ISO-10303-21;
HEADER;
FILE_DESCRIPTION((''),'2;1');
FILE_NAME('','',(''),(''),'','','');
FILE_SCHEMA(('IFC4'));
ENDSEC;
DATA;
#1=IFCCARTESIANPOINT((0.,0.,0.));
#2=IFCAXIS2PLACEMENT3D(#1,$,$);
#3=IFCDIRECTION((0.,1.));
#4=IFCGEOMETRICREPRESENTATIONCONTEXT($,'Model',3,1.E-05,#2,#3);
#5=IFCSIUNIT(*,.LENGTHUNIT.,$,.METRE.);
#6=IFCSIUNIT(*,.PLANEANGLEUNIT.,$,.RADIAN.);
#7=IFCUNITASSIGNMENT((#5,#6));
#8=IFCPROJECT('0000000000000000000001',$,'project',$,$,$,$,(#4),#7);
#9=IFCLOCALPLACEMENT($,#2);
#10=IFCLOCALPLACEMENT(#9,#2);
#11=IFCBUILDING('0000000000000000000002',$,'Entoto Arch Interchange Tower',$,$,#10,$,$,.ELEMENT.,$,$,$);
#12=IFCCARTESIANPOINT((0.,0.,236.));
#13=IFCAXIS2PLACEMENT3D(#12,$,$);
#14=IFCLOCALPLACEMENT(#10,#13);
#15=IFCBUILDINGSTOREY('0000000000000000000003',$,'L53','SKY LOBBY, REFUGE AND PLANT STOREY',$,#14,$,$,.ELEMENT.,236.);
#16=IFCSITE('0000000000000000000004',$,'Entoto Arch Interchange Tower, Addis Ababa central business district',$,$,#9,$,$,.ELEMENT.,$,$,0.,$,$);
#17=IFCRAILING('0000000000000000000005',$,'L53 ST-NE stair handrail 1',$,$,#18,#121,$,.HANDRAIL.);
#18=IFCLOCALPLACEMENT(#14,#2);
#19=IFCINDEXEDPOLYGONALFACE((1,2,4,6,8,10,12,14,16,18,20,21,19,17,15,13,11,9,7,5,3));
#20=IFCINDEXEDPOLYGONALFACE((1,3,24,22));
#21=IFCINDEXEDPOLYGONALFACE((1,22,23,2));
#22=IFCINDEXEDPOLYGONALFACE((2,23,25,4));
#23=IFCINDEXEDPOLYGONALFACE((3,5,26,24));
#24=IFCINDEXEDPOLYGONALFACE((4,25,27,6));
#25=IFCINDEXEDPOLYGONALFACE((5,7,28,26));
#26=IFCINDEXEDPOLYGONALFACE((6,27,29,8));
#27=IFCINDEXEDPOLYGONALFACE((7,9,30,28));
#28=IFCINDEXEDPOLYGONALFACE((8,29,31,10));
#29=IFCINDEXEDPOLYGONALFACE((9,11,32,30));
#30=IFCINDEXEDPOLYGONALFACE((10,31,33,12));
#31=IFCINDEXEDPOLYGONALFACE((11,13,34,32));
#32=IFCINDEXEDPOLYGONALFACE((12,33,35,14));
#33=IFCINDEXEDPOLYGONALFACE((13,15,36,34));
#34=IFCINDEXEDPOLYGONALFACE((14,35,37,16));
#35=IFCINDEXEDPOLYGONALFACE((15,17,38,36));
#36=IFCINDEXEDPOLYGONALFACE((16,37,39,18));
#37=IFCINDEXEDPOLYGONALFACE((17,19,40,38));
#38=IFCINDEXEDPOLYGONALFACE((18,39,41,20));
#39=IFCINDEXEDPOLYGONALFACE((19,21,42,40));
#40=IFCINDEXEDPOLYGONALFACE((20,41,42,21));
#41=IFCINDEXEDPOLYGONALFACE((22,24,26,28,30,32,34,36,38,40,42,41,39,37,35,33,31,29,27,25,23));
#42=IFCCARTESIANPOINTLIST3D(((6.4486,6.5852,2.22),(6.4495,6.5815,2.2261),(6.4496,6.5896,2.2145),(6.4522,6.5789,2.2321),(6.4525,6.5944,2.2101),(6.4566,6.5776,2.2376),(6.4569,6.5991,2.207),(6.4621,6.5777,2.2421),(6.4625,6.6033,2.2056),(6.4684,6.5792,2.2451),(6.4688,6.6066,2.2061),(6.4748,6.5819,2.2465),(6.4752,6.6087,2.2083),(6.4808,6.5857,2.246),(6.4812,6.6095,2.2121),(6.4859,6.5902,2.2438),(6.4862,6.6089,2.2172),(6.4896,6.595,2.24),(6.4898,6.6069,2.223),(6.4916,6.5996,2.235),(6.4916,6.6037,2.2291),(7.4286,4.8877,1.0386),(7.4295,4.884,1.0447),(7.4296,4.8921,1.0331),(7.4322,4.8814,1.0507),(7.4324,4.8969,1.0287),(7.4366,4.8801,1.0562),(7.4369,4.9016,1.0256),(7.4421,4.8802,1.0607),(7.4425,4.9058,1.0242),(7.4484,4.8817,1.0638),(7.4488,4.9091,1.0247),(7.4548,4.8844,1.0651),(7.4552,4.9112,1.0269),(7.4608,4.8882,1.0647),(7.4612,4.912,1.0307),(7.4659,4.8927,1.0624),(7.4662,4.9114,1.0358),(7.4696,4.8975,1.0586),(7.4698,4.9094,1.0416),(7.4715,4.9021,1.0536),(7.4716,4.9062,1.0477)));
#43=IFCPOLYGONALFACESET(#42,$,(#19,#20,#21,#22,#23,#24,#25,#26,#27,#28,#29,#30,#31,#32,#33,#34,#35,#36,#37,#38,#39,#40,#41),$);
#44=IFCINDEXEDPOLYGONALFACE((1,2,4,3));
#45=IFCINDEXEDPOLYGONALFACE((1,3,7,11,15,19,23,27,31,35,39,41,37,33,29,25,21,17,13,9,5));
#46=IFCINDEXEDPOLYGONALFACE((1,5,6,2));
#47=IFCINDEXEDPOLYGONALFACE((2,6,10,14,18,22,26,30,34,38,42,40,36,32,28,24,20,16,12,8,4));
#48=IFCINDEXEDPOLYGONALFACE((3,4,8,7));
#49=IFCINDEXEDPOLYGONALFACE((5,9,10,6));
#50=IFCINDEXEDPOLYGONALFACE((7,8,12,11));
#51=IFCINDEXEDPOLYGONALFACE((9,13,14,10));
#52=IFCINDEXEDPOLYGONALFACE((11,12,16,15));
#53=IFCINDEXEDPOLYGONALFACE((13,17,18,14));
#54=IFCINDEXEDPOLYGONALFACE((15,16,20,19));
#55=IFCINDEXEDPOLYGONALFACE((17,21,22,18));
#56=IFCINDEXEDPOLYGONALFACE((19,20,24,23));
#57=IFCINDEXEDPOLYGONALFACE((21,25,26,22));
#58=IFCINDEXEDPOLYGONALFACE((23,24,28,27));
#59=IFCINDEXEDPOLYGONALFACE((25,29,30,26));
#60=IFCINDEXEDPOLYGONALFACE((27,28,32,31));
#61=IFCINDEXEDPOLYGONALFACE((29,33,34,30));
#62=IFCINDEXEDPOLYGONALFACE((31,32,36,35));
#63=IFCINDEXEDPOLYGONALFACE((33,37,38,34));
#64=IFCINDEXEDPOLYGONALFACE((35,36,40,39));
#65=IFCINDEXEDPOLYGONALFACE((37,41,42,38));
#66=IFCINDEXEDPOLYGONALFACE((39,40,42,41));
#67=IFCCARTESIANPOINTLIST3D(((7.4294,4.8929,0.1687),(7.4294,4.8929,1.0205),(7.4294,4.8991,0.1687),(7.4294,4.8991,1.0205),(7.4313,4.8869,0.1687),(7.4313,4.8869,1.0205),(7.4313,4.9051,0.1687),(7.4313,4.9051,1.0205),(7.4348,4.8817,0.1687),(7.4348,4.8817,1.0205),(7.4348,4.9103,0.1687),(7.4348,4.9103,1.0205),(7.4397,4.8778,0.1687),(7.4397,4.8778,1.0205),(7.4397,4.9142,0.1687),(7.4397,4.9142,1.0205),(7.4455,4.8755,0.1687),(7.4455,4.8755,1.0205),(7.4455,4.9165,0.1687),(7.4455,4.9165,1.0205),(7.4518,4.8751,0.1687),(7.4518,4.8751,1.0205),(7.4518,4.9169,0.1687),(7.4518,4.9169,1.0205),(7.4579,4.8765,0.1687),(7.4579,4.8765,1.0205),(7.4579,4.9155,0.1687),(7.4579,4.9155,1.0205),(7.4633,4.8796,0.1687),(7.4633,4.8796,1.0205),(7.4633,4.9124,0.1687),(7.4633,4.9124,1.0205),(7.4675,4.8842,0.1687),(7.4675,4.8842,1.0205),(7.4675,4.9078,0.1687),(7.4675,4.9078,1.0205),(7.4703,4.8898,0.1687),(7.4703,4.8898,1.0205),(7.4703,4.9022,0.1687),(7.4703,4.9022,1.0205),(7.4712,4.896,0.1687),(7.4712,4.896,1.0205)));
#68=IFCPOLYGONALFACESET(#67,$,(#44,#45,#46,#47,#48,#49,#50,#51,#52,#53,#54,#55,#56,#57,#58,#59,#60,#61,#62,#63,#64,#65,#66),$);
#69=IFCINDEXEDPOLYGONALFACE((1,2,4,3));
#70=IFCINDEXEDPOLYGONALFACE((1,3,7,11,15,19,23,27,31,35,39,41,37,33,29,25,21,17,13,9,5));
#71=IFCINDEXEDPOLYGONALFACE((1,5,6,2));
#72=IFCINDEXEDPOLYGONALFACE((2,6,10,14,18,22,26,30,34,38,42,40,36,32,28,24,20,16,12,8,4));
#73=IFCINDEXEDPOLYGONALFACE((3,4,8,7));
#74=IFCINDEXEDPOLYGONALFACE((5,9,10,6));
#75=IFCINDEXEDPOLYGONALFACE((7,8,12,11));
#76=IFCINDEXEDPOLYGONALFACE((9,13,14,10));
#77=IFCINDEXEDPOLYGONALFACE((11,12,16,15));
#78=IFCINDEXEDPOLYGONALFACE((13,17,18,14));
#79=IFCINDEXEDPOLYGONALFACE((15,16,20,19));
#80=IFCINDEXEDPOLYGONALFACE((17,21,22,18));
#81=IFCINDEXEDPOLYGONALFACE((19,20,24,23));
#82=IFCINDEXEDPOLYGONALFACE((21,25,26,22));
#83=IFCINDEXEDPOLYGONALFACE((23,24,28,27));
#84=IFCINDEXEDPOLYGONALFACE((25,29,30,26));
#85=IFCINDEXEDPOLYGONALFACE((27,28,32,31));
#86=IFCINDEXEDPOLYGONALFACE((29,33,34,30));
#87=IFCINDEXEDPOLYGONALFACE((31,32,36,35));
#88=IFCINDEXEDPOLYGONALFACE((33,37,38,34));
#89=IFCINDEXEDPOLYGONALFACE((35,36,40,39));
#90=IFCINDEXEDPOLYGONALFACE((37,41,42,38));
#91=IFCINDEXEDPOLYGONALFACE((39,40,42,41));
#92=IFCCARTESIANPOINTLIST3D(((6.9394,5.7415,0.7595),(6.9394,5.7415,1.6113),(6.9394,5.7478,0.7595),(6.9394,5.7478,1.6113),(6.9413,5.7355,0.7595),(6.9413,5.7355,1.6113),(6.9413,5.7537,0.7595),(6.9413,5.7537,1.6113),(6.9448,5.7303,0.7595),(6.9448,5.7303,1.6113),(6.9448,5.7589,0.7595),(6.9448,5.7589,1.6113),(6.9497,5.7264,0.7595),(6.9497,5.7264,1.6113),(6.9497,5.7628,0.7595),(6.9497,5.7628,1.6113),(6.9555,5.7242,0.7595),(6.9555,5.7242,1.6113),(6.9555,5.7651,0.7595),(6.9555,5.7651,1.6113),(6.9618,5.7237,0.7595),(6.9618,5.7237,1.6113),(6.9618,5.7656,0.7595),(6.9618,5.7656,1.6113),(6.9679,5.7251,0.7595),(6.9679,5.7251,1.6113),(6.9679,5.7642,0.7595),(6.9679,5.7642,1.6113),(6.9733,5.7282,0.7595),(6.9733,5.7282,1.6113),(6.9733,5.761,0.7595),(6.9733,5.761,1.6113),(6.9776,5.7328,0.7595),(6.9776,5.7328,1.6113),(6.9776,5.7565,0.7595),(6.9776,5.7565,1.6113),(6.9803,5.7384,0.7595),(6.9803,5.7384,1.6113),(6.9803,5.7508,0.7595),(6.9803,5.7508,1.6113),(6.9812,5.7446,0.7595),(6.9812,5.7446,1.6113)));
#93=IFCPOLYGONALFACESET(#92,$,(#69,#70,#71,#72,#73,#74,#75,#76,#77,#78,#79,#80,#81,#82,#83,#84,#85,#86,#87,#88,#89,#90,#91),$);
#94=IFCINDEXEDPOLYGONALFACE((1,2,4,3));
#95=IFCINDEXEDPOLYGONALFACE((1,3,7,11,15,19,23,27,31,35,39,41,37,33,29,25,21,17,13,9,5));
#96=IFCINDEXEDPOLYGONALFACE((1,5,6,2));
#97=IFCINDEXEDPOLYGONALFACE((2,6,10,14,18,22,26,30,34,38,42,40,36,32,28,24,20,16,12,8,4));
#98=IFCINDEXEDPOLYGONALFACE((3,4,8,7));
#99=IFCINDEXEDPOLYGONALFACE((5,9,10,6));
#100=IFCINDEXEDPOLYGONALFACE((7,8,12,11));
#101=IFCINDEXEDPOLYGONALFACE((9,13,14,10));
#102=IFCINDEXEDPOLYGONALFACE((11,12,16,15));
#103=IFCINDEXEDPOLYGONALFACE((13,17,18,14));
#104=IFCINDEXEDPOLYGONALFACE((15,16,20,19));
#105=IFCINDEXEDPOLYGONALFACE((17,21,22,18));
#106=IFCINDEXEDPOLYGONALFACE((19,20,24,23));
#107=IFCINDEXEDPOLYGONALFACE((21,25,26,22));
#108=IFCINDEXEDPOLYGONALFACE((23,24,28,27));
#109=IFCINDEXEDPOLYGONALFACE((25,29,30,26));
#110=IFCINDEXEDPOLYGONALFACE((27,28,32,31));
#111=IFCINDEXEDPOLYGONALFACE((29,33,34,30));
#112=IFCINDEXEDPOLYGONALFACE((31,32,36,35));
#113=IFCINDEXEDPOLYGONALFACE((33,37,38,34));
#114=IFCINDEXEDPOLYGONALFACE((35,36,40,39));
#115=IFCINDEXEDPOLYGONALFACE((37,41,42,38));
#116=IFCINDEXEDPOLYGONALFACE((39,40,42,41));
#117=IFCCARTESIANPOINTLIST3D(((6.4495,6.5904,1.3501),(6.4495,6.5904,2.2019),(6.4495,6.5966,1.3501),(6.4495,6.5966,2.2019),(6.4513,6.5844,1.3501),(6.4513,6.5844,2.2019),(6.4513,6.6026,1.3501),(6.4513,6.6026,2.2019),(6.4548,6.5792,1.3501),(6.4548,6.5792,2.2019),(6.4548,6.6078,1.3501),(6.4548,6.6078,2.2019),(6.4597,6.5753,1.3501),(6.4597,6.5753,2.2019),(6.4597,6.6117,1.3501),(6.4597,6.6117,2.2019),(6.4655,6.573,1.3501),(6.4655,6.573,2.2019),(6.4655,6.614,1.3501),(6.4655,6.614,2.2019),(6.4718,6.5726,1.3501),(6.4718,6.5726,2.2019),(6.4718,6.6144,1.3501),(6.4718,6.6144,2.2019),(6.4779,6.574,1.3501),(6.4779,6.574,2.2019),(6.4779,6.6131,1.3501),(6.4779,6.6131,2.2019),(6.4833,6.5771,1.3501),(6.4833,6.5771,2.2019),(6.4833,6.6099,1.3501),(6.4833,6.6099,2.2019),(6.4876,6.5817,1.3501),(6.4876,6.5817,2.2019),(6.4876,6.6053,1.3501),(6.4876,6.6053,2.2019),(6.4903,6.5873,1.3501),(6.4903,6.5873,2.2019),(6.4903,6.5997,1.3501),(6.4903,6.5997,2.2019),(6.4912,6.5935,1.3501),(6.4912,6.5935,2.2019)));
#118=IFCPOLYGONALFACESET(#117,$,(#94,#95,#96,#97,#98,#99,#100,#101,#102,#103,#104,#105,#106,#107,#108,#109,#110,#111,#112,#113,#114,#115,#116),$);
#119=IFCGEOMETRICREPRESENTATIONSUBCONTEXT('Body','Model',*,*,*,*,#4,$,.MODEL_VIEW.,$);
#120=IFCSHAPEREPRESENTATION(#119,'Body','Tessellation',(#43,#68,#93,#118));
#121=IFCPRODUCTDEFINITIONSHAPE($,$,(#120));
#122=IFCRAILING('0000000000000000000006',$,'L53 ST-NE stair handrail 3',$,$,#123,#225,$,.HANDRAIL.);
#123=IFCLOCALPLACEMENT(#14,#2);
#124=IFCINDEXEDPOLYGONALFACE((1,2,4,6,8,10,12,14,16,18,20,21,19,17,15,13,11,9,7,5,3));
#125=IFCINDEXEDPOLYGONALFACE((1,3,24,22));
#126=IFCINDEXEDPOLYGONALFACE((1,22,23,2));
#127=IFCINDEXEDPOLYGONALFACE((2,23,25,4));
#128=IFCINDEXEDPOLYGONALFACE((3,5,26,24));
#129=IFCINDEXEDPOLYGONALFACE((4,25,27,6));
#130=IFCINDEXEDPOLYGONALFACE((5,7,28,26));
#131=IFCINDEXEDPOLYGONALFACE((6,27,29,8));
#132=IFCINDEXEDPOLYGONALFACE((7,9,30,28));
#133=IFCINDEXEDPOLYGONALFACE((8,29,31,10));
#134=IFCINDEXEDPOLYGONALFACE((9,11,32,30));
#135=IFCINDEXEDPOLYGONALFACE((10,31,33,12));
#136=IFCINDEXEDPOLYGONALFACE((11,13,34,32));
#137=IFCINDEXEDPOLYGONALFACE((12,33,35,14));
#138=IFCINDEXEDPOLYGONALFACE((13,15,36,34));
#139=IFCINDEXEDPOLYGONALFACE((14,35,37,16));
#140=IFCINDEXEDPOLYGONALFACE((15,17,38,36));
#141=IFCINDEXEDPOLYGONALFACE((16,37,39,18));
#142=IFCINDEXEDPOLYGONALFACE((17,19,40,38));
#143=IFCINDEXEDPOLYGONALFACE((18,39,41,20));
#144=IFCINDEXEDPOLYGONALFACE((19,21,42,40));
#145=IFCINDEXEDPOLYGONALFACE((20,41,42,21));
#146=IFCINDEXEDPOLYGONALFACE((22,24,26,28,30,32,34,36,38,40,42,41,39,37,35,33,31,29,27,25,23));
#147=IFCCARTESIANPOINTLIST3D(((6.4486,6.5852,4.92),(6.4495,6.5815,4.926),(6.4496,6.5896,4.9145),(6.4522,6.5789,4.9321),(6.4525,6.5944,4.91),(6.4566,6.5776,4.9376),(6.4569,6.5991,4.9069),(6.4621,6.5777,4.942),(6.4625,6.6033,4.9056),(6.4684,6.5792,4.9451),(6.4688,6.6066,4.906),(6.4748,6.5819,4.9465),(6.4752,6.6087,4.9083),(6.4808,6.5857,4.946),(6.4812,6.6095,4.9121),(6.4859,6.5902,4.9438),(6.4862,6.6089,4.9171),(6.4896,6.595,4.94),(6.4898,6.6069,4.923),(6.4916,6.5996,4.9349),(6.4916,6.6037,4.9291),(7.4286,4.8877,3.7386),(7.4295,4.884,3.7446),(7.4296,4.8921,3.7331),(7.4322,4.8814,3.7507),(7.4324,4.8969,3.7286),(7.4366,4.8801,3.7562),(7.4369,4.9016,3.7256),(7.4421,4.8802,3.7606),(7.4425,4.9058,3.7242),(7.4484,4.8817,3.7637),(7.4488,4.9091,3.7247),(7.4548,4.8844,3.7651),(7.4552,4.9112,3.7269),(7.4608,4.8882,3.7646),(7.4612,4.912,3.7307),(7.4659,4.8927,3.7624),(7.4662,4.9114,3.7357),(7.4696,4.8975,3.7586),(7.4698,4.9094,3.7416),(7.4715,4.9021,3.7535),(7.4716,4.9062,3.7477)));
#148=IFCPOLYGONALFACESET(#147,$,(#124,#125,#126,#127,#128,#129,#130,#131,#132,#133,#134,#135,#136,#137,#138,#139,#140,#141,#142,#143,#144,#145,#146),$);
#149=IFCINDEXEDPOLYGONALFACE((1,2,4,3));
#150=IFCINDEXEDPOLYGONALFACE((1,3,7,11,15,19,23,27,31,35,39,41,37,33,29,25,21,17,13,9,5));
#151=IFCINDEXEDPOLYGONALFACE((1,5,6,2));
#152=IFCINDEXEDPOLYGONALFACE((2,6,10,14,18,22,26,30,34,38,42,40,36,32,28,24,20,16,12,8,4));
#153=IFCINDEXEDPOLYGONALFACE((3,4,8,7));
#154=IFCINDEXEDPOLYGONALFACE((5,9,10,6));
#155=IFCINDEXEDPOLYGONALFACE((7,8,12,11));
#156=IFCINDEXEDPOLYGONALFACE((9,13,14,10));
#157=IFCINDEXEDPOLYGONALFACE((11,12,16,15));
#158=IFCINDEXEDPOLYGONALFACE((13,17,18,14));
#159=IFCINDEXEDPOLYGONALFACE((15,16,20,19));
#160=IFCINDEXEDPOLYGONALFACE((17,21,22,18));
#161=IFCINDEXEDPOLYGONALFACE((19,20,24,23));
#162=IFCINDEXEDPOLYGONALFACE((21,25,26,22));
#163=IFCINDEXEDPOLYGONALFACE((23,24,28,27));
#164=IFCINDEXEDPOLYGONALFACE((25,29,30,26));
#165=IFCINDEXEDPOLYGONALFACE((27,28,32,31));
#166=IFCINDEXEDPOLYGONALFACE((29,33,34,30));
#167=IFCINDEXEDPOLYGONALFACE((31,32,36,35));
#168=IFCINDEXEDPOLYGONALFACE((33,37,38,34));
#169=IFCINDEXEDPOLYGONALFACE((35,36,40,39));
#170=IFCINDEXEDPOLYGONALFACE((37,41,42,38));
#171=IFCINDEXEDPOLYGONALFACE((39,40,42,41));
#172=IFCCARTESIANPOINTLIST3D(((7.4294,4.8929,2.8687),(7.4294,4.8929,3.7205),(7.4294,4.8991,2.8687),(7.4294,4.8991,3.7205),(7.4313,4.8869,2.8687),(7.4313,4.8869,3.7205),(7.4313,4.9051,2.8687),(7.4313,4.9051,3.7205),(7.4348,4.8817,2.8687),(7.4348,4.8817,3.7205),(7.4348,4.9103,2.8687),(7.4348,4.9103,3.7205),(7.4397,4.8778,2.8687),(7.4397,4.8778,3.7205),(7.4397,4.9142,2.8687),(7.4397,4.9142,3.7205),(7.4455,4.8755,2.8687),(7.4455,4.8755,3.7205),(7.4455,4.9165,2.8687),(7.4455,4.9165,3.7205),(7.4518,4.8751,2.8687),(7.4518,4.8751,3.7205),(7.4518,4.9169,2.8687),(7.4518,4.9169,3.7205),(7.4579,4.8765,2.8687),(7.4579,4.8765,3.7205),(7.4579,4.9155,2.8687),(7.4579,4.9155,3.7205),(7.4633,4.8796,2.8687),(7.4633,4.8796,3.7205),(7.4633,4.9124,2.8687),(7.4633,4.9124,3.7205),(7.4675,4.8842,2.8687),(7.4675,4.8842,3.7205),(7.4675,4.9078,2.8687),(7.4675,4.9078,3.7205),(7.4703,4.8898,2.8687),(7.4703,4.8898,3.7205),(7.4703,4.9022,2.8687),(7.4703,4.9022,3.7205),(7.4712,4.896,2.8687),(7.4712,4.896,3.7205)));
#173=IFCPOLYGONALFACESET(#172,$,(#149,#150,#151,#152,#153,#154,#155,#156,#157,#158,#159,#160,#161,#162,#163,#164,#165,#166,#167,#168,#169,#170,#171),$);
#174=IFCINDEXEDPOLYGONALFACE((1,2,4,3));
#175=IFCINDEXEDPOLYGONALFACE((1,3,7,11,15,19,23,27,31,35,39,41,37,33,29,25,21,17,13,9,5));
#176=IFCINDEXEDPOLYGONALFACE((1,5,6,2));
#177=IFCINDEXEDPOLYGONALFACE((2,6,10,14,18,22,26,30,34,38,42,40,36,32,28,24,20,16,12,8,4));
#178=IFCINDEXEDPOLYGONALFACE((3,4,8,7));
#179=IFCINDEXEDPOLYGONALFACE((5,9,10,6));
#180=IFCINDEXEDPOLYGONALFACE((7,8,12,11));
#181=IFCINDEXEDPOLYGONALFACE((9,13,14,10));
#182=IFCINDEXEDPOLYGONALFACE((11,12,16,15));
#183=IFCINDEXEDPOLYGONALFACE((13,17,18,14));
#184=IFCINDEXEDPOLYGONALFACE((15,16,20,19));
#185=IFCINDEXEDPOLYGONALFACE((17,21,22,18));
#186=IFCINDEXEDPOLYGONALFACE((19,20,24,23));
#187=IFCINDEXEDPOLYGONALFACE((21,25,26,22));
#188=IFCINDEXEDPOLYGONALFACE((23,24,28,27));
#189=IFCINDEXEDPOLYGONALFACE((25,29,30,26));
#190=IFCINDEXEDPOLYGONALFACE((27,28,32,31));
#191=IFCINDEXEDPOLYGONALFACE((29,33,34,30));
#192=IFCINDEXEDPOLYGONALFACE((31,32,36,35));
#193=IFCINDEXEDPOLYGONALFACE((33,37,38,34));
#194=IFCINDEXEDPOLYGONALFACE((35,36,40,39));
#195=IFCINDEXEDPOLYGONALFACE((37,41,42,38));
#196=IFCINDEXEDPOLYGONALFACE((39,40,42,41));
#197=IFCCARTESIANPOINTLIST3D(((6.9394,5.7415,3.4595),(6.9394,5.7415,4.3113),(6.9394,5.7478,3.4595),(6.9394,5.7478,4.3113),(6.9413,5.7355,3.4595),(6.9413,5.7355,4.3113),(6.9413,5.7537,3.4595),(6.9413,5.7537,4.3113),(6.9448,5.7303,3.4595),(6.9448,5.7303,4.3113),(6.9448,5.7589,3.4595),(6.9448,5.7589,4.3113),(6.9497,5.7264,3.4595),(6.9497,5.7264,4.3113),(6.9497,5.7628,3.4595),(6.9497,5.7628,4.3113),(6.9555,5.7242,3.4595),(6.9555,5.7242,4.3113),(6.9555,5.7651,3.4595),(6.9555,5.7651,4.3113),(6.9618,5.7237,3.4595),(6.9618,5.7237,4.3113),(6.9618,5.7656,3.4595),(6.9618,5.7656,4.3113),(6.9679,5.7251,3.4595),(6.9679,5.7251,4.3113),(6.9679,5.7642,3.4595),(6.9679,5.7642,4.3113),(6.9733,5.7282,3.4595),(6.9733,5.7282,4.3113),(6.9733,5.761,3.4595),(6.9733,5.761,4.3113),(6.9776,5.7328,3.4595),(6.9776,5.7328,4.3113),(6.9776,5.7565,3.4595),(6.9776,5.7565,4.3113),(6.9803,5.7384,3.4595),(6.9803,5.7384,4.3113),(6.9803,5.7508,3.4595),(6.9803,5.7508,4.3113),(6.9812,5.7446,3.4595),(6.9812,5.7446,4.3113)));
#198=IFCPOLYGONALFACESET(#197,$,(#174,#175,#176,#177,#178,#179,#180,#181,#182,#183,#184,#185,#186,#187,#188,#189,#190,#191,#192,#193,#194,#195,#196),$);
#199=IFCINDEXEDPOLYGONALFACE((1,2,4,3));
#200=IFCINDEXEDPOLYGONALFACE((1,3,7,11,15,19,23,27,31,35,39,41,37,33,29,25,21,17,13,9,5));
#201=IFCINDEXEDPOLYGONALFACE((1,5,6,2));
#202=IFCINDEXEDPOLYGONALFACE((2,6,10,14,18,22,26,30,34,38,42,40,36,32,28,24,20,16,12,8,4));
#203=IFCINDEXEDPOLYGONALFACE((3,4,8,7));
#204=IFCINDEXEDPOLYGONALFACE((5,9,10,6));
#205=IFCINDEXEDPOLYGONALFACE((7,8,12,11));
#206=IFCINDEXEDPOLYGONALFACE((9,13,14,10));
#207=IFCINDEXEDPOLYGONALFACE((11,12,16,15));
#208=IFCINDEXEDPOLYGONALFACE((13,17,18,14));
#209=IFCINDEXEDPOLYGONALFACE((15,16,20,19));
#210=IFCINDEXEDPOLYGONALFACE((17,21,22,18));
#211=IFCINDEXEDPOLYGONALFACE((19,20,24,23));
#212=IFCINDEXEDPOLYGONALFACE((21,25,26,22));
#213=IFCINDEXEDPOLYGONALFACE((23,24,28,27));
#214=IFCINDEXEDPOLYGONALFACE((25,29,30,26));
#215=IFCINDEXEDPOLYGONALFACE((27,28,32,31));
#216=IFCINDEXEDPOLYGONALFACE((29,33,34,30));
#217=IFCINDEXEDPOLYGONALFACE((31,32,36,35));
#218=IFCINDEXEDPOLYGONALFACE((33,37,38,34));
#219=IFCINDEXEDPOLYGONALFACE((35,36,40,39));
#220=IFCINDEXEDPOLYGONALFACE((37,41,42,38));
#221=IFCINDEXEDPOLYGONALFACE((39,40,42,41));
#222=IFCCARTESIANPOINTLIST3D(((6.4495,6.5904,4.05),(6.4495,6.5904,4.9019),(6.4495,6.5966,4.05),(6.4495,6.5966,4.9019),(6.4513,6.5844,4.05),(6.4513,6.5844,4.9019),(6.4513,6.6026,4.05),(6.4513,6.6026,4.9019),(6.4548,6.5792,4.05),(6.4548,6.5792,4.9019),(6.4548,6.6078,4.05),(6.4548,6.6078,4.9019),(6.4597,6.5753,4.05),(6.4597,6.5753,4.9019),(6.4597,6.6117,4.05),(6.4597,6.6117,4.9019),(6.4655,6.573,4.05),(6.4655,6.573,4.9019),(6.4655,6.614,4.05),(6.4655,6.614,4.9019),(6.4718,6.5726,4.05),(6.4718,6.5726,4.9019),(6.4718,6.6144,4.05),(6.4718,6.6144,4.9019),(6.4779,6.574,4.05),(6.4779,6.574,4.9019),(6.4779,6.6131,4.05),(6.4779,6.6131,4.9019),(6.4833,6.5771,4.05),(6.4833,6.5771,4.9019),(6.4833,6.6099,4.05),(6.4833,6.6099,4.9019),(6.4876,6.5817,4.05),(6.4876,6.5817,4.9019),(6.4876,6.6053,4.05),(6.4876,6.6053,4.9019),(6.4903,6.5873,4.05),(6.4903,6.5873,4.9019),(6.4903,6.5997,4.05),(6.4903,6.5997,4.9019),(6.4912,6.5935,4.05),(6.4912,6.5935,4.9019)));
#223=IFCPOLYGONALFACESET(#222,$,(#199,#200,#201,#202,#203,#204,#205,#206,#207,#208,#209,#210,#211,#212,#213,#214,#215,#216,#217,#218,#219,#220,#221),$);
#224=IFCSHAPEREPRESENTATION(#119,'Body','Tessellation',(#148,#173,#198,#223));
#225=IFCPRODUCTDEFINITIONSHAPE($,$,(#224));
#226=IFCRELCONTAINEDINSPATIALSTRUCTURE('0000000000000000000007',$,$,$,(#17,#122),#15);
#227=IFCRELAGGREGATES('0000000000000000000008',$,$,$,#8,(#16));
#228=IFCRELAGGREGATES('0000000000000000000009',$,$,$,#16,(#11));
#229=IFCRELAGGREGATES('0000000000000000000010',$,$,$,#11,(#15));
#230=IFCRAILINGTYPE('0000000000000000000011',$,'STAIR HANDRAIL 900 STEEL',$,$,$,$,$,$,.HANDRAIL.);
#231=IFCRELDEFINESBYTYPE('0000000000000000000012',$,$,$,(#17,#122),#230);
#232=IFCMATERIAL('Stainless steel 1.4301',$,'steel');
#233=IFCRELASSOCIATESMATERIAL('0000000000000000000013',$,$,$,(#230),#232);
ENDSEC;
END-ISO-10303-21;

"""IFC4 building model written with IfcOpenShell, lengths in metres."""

from ifc_helpers import new_model, si_unit, direction, frame, origin, origin_2d, place, context, subcontext, project, spatial, circle, extrude, material, type_object, element, save


model = new_model("IFC4")

# Units and contexts
model_context = context("Model", 3, precision=1e-05, world=origin(), true_north=direction((0.0, 1.0)))
body_context = subcontext(model_context, "Body", "Model", "MODEL_VIEW")
ifc_project = project(units=[si_unit("LENGTHUNIT", "METRE"), si_unit("PLANEANGLEUNIT", "RADIAN")], contexts=[model_context])

# Site, building, storey
site_placement = place(None, origin())
site = spatial("IfcSite", under=ifc_project, at=site_placement, Name="Entoto Arch Interchange Tower, Addis Ababa central business district", CompositionType="ELEMENT", RefElevation=0.0)
building_placement = place(site_placement, origin())
building = spatial("IfcBuilding", under=site, at=building_placement, Name="Entoto Arch Interchange Tower", CompositionType="ELEMENT")
storey_placement = place(building_placement, frame((0.0, 0.0, 236.0)))
storey = spatial("IfcBuildingStorey", under=building, at=storey_placement, Name="L53", Description="SKY LOBBY, REFUGE AND PLANT STOREY", CompositionType="ELEMENT", Elevation=236.0)

# Railings
ifc_material_1 = material(Name="Stainless steel 1.4301", Category="steel")
railing_type_1 = type_object("IfcRailingType", Name="STAIR HANDRAIL 900 STEEL", PredefinedType="HANDRAIL", material=ifc_material_1)
for number, where, name in (
    (1, (7.4502, 4.896, 0.1687), "L53 ST-NE stair handrail 1"),
    (2, (7.4502, 4.896, 2.8687), "L53 ST-NE stair handrail 3"),
):
    element("IfcRailing", number, at=place(storey_placement, frame(where)), inside=storey, type_object=railing_type_1, Name=name, PredefinedType="HANDRAIL", context=body_context, shape_type="SweptSolid", body=[
        extrude(circle(Radius=0.0239, at=origin_2d()), frame((0.0, 0.0, 0.876), z_axis=(-0.428205, 0.741731, 0.516214), x_axis=(-0.866042, -0.49997, 0.0)), (0.0, 0.0, 1.0), 2.2886),
        extrude(circle(Radius=0.021, at=origin_2d()), origin(), (0.0, 0.0, 1.0), 0.8518),
        extrude(circle(Radius=0.021, at=origin_2d()), frame((-0.49, 0.8486, 0.5908)), (0.0, 0.0, 1.0), 0.8518),
        extrude(circle(Radius=0.021, at=origin_2d()), frame((-0.98, 1.6975, 1.1814)), (0.0, 0.0, 1.0), 0.8518),
    ])

save(model, "model.ifc")
